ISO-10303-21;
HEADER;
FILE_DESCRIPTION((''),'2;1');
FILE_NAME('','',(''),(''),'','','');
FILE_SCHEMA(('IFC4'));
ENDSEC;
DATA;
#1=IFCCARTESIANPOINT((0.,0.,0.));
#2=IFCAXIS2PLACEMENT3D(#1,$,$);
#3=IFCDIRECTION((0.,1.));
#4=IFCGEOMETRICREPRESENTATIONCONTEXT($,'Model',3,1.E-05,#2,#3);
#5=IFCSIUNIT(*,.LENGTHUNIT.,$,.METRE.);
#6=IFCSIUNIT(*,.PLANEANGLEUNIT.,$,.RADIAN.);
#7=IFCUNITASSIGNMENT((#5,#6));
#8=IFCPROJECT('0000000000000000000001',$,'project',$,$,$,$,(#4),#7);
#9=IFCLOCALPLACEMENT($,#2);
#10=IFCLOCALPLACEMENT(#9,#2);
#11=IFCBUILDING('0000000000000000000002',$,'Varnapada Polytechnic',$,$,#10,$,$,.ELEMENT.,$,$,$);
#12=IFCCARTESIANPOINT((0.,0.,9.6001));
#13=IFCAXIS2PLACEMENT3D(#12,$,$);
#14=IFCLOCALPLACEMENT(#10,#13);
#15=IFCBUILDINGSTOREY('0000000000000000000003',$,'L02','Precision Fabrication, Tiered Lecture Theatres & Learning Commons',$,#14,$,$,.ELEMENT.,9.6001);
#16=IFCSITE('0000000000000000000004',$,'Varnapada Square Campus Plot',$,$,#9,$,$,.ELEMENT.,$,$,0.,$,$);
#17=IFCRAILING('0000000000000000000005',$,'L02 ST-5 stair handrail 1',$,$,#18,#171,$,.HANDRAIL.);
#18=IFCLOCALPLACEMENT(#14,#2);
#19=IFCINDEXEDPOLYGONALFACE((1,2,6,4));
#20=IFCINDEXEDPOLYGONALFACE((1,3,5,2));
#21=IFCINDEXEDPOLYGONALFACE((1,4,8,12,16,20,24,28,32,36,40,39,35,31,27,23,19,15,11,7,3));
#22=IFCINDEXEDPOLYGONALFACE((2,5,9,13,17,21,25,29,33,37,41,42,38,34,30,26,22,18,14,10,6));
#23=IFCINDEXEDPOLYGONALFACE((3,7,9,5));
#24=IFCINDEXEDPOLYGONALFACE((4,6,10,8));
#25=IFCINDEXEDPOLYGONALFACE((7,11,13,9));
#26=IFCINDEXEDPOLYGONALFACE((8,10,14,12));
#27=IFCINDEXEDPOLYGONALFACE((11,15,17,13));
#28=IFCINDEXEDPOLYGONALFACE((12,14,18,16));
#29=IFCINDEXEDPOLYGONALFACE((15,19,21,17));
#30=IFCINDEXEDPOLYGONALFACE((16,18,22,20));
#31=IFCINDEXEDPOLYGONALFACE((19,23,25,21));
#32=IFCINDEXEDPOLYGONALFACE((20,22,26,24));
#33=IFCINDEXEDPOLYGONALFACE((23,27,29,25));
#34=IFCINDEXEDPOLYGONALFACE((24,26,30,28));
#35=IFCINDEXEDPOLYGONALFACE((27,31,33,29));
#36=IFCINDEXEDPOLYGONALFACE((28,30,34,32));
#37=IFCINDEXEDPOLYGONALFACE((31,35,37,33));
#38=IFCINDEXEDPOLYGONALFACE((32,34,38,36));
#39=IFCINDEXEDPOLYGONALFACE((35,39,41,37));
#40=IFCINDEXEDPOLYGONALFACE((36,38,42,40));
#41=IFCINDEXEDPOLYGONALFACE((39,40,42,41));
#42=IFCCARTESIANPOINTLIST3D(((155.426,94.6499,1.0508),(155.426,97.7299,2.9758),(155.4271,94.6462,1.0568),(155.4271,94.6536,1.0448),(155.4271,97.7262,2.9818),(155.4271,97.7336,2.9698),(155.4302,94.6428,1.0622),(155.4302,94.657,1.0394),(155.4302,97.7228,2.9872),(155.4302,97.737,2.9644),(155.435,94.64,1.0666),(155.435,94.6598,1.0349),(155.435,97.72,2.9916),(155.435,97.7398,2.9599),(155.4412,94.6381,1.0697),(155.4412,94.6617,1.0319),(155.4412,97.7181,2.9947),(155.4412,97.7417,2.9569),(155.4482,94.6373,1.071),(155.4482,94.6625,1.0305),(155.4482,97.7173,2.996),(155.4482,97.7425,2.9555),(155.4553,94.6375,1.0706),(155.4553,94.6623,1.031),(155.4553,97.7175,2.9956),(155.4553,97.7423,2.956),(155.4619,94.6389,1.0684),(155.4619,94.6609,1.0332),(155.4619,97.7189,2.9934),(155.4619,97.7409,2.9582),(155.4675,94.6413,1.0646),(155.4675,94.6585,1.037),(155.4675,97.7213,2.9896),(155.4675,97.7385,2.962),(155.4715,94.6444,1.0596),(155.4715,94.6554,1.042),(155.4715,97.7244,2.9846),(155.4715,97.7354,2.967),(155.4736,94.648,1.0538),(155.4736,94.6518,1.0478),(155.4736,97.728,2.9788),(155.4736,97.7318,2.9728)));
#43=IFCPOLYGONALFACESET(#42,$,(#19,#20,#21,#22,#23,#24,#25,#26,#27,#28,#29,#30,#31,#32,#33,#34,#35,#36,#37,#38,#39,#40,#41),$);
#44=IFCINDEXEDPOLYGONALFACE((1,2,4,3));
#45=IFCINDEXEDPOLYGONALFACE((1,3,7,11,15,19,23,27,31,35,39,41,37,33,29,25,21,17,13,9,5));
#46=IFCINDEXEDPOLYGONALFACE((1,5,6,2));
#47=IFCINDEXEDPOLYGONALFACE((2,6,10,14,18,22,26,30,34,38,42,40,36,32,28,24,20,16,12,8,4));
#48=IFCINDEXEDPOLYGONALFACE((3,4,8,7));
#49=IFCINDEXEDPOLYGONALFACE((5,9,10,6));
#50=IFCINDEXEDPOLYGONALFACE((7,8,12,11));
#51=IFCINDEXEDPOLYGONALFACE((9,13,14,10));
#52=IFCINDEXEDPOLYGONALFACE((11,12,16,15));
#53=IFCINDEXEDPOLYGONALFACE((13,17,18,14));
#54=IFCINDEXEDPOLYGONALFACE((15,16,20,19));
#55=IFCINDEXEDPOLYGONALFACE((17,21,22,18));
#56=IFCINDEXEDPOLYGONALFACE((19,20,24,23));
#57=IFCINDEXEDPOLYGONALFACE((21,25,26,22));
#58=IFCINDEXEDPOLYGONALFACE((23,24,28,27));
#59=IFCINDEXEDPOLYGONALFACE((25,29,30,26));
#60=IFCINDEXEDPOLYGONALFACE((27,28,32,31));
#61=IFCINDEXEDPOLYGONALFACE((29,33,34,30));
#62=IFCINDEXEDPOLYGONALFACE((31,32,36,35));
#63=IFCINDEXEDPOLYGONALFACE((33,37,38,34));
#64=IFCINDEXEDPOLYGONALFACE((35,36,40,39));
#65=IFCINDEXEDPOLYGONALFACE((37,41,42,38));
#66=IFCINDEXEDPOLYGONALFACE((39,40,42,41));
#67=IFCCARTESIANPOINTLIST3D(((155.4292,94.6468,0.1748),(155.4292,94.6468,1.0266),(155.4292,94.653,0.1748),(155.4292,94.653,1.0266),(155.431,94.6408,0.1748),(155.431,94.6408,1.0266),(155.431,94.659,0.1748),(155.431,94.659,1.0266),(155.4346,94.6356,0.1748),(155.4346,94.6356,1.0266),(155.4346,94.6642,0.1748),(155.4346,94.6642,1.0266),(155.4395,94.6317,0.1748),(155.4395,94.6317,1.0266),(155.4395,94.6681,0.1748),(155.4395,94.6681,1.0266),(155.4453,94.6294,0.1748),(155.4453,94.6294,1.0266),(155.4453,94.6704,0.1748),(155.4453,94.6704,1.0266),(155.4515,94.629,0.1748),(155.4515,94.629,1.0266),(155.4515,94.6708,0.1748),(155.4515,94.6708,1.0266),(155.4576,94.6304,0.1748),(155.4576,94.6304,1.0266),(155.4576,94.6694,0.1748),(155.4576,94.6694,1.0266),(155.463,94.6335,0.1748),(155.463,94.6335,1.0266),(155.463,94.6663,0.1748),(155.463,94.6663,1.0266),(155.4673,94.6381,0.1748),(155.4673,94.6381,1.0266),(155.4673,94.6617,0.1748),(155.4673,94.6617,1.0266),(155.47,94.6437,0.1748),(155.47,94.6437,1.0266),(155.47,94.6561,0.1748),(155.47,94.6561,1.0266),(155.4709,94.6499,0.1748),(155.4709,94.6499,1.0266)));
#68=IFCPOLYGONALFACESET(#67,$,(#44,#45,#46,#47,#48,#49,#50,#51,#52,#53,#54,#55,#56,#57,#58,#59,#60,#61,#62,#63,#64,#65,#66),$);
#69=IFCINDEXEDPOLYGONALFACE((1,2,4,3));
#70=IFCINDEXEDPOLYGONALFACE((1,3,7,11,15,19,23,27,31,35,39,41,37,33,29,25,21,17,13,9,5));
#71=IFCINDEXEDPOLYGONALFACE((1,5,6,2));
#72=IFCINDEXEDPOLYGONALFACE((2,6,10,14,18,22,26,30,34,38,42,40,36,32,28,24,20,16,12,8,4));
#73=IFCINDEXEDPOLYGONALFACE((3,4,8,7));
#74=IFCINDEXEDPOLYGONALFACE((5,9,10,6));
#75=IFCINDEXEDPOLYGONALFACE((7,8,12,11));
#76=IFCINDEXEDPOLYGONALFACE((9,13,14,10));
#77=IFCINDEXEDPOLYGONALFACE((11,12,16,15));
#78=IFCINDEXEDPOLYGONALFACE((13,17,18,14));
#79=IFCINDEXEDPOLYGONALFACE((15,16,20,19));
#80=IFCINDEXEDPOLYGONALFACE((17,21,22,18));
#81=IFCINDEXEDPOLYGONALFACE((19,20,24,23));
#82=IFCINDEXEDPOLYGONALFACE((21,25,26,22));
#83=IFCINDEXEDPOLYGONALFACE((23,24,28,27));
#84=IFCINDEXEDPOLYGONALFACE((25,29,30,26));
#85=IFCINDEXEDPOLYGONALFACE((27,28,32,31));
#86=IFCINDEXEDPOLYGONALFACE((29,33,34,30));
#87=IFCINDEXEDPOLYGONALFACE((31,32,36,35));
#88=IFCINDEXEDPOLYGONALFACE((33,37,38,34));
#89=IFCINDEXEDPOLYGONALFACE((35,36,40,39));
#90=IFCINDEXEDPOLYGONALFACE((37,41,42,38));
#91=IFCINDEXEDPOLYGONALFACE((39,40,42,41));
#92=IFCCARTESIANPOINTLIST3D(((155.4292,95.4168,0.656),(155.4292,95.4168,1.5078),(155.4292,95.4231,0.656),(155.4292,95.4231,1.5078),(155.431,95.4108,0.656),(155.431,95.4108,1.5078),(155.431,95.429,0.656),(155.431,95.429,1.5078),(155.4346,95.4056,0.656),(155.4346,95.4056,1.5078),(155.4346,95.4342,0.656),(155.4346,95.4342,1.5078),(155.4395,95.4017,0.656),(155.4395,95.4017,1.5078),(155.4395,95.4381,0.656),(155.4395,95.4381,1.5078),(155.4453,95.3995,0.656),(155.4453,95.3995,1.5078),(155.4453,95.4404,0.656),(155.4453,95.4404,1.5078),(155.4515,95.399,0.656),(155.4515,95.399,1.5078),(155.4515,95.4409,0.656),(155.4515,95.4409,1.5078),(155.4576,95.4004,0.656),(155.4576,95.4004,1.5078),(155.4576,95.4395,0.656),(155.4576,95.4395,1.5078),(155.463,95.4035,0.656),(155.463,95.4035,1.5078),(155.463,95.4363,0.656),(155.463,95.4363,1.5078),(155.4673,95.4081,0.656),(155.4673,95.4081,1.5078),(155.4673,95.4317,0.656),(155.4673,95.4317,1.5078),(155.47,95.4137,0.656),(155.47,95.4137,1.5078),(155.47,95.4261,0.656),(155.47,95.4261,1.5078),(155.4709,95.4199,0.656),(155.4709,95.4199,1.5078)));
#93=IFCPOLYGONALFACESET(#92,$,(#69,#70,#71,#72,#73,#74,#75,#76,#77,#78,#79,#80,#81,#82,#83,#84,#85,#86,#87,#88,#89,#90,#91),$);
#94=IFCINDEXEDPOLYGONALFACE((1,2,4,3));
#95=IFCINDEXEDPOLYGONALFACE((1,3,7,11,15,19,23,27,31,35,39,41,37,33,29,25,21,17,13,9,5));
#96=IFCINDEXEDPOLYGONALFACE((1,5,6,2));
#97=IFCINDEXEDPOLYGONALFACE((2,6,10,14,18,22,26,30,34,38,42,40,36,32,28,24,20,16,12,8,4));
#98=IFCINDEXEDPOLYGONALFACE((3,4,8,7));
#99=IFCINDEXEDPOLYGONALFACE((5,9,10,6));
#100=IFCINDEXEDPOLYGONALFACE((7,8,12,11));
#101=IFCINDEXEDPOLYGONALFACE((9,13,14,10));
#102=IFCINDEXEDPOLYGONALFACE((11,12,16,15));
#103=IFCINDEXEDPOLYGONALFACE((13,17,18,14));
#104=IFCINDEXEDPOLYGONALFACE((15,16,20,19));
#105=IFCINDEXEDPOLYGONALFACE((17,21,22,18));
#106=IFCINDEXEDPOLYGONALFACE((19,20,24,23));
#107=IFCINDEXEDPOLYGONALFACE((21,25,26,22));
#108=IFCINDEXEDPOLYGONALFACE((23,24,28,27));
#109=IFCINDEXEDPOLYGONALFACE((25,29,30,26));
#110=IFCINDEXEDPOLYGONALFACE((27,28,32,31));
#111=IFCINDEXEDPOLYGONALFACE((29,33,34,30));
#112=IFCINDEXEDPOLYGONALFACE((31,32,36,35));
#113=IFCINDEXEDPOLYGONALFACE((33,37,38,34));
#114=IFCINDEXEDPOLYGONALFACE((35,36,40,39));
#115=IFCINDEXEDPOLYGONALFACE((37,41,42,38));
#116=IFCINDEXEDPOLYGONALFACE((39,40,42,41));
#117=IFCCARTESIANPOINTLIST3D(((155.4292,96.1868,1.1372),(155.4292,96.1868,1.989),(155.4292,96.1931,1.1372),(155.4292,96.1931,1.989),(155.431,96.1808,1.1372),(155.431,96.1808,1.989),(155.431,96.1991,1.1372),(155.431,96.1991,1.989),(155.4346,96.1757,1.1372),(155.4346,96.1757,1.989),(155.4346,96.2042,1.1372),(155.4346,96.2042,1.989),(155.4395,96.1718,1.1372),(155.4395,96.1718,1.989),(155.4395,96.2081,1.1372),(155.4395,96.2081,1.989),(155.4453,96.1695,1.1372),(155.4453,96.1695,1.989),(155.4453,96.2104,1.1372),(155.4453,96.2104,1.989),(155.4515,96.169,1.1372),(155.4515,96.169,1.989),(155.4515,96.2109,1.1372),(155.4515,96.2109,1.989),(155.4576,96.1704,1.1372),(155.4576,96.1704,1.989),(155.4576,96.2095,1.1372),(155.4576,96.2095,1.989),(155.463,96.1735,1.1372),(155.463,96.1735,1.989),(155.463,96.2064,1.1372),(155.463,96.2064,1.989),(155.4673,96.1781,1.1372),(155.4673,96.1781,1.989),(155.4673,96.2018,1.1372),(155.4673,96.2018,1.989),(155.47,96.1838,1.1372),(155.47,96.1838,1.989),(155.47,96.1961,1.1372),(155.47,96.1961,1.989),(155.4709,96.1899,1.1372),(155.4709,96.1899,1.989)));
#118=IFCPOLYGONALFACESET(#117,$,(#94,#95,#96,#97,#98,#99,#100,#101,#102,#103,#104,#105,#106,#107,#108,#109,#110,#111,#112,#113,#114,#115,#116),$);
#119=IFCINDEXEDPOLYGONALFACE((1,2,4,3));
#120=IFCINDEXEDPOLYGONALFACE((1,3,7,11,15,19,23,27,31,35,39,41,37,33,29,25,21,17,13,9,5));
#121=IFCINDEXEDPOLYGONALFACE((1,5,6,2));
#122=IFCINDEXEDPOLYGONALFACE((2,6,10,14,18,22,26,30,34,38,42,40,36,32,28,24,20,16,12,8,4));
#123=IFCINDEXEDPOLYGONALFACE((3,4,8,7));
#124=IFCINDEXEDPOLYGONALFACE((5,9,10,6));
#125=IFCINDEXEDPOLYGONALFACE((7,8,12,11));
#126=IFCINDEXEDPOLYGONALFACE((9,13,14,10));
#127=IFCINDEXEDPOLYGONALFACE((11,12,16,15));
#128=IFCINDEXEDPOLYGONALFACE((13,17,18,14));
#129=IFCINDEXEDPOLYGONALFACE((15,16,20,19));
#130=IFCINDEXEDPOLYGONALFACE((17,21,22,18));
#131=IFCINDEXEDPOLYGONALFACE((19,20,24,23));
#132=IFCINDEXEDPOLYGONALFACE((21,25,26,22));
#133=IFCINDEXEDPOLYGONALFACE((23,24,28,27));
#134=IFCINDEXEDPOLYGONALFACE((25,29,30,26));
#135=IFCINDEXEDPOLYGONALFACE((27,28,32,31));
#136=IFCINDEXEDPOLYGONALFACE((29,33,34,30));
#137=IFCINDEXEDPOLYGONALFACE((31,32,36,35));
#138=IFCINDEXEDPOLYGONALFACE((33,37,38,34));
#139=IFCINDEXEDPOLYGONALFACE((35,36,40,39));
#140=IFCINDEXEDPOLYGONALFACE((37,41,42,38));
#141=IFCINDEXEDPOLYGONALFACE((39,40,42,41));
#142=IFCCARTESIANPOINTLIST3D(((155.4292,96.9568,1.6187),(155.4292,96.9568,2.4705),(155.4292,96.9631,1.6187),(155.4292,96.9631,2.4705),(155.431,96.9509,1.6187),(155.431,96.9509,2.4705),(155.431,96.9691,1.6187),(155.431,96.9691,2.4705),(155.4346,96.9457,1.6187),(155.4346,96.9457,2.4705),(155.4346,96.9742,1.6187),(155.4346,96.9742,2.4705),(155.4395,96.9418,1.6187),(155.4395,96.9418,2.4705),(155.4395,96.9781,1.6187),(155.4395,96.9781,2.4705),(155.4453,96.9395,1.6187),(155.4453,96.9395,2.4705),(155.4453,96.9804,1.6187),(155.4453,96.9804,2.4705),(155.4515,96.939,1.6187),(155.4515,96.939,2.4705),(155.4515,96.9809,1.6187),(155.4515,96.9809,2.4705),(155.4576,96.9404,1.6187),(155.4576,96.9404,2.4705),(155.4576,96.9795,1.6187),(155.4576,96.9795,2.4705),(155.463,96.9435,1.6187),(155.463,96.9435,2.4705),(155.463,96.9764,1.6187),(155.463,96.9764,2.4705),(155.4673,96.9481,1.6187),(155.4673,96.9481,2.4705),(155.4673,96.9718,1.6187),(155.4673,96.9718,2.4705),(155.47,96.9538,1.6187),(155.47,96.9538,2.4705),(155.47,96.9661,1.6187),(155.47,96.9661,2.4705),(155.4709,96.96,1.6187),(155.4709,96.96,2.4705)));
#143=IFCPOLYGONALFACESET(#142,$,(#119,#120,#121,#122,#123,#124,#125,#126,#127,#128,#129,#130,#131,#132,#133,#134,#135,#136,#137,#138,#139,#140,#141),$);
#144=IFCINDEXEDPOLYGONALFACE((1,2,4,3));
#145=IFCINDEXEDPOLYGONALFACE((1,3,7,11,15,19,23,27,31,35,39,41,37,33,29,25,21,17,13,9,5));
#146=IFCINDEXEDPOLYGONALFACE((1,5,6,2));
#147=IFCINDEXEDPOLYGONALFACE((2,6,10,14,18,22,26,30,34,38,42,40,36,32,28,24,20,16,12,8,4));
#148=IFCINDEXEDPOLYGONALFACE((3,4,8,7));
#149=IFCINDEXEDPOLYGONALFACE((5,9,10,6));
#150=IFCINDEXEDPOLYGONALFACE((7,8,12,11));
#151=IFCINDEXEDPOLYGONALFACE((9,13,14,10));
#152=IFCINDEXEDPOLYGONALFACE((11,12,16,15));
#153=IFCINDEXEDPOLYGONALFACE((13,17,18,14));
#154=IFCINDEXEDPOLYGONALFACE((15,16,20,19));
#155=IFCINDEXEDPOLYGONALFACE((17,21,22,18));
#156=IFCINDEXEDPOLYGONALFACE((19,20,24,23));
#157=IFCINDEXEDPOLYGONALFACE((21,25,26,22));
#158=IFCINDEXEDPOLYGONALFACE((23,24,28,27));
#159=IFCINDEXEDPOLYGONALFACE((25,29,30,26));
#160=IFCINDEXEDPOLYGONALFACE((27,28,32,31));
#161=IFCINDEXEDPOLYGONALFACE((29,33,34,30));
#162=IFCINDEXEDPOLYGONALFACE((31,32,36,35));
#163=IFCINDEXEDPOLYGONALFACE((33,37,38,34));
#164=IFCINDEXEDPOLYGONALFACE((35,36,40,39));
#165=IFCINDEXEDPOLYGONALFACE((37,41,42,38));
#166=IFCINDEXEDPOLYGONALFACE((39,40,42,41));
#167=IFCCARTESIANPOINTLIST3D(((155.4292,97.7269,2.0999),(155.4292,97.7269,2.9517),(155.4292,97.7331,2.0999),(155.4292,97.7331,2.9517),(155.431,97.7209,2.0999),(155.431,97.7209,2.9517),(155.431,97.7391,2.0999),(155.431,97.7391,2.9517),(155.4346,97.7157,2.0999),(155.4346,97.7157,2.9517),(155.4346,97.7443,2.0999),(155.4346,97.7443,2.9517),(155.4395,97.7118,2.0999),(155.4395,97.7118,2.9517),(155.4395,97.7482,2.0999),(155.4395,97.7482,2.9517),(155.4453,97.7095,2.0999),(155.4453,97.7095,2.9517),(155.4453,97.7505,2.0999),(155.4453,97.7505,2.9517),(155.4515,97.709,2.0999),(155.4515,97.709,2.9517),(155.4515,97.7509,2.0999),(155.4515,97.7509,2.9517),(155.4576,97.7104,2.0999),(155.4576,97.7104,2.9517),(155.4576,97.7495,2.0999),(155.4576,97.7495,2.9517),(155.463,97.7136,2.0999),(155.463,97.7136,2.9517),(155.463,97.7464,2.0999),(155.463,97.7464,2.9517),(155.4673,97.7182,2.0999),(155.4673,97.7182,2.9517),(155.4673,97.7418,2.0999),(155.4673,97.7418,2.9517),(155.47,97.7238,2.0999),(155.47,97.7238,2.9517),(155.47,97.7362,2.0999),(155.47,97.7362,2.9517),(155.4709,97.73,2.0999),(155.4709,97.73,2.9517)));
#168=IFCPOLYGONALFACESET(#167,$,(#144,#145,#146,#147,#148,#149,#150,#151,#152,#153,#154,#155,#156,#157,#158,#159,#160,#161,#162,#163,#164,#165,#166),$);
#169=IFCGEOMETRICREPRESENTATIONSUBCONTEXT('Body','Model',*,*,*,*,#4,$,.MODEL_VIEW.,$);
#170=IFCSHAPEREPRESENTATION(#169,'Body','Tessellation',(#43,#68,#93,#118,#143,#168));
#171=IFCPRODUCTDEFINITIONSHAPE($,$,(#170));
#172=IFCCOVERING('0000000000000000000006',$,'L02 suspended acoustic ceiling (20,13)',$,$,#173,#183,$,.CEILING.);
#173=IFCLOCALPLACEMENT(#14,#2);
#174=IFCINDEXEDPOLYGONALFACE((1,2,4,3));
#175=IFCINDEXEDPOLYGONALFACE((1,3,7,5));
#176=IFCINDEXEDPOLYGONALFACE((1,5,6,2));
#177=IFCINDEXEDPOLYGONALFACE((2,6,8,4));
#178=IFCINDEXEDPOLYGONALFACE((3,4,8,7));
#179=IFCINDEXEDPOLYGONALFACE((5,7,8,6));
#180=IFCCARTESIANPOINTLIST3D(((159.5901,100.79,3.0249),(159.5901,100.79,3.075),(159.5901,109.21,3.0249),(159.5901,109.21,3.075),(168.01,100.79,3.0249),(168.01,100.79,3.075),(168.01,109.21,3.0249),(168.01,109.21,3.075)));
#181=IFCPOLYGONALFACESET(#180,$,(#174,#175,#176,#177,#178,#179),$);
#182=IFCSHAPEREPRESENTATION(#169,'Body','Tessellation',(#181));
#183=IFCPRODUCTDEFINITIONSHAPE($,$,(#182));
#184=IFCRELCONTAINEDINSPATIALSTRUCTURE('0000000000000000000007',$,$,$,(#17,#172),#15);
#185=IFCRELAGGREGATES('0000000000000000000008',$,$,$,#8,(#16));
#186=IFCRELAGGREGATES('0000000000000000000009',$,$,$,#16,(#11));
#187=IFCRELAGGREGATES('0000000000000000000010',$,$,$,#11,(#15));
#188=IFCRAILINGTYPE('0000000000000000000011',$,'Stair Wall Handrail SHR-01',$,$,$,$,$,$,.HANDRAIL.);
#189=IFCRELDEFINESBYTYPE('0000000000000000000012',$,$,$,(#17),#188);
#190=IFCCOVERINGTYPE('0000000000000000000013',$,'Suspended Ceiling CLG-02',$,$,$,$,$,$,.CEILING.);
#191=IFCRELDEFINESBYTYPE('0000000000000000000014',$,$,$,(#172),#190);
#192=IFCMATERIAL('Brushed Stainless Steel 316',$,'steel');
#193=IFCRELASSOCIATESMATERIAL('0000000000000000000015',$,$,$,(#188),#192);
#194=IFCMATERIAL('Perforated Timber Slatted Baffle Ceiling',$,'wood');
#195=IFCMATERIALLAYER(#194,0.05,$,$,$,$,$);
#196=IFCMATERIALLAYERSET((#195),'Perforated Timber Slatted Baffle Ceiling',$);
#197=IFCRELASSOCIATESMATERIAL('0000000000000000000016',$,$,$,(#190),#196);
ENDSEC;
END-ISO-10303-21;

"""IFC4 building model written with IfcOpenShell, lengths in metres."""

from ifc_helpers import new_model, si_unit, direction, frame, origin, origin_2d, place, context, subcontext, project, spatial, rectangle, circle, extrude, material, layer, layer_set, type_object, element, save


model = new_model("IFC4")

# Units and contexts
model_context = context("Model", 3, precision=1e-05, world=origin(), true_north=direction((0.0, 1.0)))
body_context = subcontext(model_context, "Body", "Model", "MODEL_VIEW")
ifc_project = project(units=[si_unit("LENGTHUNIT", "METRE"), si_unit("PLANEANGLEUNIT", "RADIAN")], contexts=[model_context])

# Site, building, storey
site_placement = place(None, origin())
site = spatial("IfcSite", under=ifc_project, at=site_placement, Name="Varnapada Square Campus Plot", CompositionType="ELEMENT", RefElevation=0.0)
building_placement = place(site_placement, origin())
building = spatial("IfcBuilding", under=site, at=building_placement, Name="Varnapada Polytechnic", CompositionType="ELEMENT")
storey_placement = place(building_placement, frame((0.0, 0.0, 9.6001)))
storey = spatial("IfcBuildingStorey", under=building, at=storey_placement, Name="L02", Description="Precision Fabrication, Tiered Lecture Theatres & Learning Commons", CompositionType="ELEMENT", Elevation=9.6001)

# Shared definitions
ifc_material_1 = material(Name="Brushed Stainless Steel 316", Category="steel")

# Railing
railing_type = type_object("IfcRailingType", Name="Stair Wall Handrail SHR-01", PredefinedType="HANDRAIL", material=ifc_material_1)
railing_placement = place(storey_placement, frame((155.45, 94.6499, 0.1748)))
element("IfcRailing", 1, at=railing_placement, inside=storey, type_object=railing_type, Name="L02 ST-5 stair handrail 1", PredefinedType="HANDRAIL", context=body_context, shape_type="SweptSolid", body=[
    extrude(circle(Radius=0.0239, at=origin_2d()), frame((0.0, 0.0, 0.876), z_axis=(0.0, 0.847998, 0.529999), x_axis=(-1.0, 0.0, 0.0)), (0.0, 0.0, 1.0), 3.6321),
    extrude(circle(Radius=0.021, at=origin_2d()), origin(), (0.0, 0.0, 1.0), 0.8518),
    extrude(circle(Radius=0.021, at=origin_2d()), frame((0.0, 0.77, 0.4812)), (0.0, 0.0, 1.0), 0.8518),
    extrude(circle(Radius=0.021, at=origin_2d()), frame((0.0, 1.54, 0.9624)), (0.0, 0.0, 1.0), 0.8518),
    extrude(circle(Radius=0.021, at=origin_2d()), frame((0.0, 2.3101, 1.4438)), (0.0, 0.0, 1.0), 0.8518),
    extrude(circle(Radius=0.021, at=origin_2d()), frame((0.0, 3.0801, 1.925)), (0.0, 0.0, 1.0), 0.8518),
])

# Covering
ifc_material_2 = material(Name="Perforated Timber Slatted Baffle Ceiling", Category="wood")
ifc_layer_1 = layer(ifc_material_2, 0.05)
ifc_layer_set_1 = layer_set([ifc_layer_1], Name="Perforated Timber Slatted Baffle Ceiling")
covering_type_1 = type_object("IfcCoveringType", Name="Suspended Ceiling CLG-02", PredefinedType="CEILING", material=ifc_layer_set_1)
covering_1_placement = place(storey_placement, frame((163.8, 105.0, 3.0249), z_axis=(0.0, 0.0, 1.0), x_axis=(1.0, 0.0, 0.0)))
element("IfcCovering", 2, at=covering_1_placement, inside=storey, type_object=covering_type_1, Name="L02 suspended acoustic ceiling (20,13)", PredefinedType="CEILING", context=body_context, shape_type="SweptSolid", body=[
    extrude(rectangle(XDim=8.4199, YDim=8.4199, at=origin_2d()), origin(), (0.0, 0.0, 1.0), 0.05),
])

save(model, "model.ifc")
